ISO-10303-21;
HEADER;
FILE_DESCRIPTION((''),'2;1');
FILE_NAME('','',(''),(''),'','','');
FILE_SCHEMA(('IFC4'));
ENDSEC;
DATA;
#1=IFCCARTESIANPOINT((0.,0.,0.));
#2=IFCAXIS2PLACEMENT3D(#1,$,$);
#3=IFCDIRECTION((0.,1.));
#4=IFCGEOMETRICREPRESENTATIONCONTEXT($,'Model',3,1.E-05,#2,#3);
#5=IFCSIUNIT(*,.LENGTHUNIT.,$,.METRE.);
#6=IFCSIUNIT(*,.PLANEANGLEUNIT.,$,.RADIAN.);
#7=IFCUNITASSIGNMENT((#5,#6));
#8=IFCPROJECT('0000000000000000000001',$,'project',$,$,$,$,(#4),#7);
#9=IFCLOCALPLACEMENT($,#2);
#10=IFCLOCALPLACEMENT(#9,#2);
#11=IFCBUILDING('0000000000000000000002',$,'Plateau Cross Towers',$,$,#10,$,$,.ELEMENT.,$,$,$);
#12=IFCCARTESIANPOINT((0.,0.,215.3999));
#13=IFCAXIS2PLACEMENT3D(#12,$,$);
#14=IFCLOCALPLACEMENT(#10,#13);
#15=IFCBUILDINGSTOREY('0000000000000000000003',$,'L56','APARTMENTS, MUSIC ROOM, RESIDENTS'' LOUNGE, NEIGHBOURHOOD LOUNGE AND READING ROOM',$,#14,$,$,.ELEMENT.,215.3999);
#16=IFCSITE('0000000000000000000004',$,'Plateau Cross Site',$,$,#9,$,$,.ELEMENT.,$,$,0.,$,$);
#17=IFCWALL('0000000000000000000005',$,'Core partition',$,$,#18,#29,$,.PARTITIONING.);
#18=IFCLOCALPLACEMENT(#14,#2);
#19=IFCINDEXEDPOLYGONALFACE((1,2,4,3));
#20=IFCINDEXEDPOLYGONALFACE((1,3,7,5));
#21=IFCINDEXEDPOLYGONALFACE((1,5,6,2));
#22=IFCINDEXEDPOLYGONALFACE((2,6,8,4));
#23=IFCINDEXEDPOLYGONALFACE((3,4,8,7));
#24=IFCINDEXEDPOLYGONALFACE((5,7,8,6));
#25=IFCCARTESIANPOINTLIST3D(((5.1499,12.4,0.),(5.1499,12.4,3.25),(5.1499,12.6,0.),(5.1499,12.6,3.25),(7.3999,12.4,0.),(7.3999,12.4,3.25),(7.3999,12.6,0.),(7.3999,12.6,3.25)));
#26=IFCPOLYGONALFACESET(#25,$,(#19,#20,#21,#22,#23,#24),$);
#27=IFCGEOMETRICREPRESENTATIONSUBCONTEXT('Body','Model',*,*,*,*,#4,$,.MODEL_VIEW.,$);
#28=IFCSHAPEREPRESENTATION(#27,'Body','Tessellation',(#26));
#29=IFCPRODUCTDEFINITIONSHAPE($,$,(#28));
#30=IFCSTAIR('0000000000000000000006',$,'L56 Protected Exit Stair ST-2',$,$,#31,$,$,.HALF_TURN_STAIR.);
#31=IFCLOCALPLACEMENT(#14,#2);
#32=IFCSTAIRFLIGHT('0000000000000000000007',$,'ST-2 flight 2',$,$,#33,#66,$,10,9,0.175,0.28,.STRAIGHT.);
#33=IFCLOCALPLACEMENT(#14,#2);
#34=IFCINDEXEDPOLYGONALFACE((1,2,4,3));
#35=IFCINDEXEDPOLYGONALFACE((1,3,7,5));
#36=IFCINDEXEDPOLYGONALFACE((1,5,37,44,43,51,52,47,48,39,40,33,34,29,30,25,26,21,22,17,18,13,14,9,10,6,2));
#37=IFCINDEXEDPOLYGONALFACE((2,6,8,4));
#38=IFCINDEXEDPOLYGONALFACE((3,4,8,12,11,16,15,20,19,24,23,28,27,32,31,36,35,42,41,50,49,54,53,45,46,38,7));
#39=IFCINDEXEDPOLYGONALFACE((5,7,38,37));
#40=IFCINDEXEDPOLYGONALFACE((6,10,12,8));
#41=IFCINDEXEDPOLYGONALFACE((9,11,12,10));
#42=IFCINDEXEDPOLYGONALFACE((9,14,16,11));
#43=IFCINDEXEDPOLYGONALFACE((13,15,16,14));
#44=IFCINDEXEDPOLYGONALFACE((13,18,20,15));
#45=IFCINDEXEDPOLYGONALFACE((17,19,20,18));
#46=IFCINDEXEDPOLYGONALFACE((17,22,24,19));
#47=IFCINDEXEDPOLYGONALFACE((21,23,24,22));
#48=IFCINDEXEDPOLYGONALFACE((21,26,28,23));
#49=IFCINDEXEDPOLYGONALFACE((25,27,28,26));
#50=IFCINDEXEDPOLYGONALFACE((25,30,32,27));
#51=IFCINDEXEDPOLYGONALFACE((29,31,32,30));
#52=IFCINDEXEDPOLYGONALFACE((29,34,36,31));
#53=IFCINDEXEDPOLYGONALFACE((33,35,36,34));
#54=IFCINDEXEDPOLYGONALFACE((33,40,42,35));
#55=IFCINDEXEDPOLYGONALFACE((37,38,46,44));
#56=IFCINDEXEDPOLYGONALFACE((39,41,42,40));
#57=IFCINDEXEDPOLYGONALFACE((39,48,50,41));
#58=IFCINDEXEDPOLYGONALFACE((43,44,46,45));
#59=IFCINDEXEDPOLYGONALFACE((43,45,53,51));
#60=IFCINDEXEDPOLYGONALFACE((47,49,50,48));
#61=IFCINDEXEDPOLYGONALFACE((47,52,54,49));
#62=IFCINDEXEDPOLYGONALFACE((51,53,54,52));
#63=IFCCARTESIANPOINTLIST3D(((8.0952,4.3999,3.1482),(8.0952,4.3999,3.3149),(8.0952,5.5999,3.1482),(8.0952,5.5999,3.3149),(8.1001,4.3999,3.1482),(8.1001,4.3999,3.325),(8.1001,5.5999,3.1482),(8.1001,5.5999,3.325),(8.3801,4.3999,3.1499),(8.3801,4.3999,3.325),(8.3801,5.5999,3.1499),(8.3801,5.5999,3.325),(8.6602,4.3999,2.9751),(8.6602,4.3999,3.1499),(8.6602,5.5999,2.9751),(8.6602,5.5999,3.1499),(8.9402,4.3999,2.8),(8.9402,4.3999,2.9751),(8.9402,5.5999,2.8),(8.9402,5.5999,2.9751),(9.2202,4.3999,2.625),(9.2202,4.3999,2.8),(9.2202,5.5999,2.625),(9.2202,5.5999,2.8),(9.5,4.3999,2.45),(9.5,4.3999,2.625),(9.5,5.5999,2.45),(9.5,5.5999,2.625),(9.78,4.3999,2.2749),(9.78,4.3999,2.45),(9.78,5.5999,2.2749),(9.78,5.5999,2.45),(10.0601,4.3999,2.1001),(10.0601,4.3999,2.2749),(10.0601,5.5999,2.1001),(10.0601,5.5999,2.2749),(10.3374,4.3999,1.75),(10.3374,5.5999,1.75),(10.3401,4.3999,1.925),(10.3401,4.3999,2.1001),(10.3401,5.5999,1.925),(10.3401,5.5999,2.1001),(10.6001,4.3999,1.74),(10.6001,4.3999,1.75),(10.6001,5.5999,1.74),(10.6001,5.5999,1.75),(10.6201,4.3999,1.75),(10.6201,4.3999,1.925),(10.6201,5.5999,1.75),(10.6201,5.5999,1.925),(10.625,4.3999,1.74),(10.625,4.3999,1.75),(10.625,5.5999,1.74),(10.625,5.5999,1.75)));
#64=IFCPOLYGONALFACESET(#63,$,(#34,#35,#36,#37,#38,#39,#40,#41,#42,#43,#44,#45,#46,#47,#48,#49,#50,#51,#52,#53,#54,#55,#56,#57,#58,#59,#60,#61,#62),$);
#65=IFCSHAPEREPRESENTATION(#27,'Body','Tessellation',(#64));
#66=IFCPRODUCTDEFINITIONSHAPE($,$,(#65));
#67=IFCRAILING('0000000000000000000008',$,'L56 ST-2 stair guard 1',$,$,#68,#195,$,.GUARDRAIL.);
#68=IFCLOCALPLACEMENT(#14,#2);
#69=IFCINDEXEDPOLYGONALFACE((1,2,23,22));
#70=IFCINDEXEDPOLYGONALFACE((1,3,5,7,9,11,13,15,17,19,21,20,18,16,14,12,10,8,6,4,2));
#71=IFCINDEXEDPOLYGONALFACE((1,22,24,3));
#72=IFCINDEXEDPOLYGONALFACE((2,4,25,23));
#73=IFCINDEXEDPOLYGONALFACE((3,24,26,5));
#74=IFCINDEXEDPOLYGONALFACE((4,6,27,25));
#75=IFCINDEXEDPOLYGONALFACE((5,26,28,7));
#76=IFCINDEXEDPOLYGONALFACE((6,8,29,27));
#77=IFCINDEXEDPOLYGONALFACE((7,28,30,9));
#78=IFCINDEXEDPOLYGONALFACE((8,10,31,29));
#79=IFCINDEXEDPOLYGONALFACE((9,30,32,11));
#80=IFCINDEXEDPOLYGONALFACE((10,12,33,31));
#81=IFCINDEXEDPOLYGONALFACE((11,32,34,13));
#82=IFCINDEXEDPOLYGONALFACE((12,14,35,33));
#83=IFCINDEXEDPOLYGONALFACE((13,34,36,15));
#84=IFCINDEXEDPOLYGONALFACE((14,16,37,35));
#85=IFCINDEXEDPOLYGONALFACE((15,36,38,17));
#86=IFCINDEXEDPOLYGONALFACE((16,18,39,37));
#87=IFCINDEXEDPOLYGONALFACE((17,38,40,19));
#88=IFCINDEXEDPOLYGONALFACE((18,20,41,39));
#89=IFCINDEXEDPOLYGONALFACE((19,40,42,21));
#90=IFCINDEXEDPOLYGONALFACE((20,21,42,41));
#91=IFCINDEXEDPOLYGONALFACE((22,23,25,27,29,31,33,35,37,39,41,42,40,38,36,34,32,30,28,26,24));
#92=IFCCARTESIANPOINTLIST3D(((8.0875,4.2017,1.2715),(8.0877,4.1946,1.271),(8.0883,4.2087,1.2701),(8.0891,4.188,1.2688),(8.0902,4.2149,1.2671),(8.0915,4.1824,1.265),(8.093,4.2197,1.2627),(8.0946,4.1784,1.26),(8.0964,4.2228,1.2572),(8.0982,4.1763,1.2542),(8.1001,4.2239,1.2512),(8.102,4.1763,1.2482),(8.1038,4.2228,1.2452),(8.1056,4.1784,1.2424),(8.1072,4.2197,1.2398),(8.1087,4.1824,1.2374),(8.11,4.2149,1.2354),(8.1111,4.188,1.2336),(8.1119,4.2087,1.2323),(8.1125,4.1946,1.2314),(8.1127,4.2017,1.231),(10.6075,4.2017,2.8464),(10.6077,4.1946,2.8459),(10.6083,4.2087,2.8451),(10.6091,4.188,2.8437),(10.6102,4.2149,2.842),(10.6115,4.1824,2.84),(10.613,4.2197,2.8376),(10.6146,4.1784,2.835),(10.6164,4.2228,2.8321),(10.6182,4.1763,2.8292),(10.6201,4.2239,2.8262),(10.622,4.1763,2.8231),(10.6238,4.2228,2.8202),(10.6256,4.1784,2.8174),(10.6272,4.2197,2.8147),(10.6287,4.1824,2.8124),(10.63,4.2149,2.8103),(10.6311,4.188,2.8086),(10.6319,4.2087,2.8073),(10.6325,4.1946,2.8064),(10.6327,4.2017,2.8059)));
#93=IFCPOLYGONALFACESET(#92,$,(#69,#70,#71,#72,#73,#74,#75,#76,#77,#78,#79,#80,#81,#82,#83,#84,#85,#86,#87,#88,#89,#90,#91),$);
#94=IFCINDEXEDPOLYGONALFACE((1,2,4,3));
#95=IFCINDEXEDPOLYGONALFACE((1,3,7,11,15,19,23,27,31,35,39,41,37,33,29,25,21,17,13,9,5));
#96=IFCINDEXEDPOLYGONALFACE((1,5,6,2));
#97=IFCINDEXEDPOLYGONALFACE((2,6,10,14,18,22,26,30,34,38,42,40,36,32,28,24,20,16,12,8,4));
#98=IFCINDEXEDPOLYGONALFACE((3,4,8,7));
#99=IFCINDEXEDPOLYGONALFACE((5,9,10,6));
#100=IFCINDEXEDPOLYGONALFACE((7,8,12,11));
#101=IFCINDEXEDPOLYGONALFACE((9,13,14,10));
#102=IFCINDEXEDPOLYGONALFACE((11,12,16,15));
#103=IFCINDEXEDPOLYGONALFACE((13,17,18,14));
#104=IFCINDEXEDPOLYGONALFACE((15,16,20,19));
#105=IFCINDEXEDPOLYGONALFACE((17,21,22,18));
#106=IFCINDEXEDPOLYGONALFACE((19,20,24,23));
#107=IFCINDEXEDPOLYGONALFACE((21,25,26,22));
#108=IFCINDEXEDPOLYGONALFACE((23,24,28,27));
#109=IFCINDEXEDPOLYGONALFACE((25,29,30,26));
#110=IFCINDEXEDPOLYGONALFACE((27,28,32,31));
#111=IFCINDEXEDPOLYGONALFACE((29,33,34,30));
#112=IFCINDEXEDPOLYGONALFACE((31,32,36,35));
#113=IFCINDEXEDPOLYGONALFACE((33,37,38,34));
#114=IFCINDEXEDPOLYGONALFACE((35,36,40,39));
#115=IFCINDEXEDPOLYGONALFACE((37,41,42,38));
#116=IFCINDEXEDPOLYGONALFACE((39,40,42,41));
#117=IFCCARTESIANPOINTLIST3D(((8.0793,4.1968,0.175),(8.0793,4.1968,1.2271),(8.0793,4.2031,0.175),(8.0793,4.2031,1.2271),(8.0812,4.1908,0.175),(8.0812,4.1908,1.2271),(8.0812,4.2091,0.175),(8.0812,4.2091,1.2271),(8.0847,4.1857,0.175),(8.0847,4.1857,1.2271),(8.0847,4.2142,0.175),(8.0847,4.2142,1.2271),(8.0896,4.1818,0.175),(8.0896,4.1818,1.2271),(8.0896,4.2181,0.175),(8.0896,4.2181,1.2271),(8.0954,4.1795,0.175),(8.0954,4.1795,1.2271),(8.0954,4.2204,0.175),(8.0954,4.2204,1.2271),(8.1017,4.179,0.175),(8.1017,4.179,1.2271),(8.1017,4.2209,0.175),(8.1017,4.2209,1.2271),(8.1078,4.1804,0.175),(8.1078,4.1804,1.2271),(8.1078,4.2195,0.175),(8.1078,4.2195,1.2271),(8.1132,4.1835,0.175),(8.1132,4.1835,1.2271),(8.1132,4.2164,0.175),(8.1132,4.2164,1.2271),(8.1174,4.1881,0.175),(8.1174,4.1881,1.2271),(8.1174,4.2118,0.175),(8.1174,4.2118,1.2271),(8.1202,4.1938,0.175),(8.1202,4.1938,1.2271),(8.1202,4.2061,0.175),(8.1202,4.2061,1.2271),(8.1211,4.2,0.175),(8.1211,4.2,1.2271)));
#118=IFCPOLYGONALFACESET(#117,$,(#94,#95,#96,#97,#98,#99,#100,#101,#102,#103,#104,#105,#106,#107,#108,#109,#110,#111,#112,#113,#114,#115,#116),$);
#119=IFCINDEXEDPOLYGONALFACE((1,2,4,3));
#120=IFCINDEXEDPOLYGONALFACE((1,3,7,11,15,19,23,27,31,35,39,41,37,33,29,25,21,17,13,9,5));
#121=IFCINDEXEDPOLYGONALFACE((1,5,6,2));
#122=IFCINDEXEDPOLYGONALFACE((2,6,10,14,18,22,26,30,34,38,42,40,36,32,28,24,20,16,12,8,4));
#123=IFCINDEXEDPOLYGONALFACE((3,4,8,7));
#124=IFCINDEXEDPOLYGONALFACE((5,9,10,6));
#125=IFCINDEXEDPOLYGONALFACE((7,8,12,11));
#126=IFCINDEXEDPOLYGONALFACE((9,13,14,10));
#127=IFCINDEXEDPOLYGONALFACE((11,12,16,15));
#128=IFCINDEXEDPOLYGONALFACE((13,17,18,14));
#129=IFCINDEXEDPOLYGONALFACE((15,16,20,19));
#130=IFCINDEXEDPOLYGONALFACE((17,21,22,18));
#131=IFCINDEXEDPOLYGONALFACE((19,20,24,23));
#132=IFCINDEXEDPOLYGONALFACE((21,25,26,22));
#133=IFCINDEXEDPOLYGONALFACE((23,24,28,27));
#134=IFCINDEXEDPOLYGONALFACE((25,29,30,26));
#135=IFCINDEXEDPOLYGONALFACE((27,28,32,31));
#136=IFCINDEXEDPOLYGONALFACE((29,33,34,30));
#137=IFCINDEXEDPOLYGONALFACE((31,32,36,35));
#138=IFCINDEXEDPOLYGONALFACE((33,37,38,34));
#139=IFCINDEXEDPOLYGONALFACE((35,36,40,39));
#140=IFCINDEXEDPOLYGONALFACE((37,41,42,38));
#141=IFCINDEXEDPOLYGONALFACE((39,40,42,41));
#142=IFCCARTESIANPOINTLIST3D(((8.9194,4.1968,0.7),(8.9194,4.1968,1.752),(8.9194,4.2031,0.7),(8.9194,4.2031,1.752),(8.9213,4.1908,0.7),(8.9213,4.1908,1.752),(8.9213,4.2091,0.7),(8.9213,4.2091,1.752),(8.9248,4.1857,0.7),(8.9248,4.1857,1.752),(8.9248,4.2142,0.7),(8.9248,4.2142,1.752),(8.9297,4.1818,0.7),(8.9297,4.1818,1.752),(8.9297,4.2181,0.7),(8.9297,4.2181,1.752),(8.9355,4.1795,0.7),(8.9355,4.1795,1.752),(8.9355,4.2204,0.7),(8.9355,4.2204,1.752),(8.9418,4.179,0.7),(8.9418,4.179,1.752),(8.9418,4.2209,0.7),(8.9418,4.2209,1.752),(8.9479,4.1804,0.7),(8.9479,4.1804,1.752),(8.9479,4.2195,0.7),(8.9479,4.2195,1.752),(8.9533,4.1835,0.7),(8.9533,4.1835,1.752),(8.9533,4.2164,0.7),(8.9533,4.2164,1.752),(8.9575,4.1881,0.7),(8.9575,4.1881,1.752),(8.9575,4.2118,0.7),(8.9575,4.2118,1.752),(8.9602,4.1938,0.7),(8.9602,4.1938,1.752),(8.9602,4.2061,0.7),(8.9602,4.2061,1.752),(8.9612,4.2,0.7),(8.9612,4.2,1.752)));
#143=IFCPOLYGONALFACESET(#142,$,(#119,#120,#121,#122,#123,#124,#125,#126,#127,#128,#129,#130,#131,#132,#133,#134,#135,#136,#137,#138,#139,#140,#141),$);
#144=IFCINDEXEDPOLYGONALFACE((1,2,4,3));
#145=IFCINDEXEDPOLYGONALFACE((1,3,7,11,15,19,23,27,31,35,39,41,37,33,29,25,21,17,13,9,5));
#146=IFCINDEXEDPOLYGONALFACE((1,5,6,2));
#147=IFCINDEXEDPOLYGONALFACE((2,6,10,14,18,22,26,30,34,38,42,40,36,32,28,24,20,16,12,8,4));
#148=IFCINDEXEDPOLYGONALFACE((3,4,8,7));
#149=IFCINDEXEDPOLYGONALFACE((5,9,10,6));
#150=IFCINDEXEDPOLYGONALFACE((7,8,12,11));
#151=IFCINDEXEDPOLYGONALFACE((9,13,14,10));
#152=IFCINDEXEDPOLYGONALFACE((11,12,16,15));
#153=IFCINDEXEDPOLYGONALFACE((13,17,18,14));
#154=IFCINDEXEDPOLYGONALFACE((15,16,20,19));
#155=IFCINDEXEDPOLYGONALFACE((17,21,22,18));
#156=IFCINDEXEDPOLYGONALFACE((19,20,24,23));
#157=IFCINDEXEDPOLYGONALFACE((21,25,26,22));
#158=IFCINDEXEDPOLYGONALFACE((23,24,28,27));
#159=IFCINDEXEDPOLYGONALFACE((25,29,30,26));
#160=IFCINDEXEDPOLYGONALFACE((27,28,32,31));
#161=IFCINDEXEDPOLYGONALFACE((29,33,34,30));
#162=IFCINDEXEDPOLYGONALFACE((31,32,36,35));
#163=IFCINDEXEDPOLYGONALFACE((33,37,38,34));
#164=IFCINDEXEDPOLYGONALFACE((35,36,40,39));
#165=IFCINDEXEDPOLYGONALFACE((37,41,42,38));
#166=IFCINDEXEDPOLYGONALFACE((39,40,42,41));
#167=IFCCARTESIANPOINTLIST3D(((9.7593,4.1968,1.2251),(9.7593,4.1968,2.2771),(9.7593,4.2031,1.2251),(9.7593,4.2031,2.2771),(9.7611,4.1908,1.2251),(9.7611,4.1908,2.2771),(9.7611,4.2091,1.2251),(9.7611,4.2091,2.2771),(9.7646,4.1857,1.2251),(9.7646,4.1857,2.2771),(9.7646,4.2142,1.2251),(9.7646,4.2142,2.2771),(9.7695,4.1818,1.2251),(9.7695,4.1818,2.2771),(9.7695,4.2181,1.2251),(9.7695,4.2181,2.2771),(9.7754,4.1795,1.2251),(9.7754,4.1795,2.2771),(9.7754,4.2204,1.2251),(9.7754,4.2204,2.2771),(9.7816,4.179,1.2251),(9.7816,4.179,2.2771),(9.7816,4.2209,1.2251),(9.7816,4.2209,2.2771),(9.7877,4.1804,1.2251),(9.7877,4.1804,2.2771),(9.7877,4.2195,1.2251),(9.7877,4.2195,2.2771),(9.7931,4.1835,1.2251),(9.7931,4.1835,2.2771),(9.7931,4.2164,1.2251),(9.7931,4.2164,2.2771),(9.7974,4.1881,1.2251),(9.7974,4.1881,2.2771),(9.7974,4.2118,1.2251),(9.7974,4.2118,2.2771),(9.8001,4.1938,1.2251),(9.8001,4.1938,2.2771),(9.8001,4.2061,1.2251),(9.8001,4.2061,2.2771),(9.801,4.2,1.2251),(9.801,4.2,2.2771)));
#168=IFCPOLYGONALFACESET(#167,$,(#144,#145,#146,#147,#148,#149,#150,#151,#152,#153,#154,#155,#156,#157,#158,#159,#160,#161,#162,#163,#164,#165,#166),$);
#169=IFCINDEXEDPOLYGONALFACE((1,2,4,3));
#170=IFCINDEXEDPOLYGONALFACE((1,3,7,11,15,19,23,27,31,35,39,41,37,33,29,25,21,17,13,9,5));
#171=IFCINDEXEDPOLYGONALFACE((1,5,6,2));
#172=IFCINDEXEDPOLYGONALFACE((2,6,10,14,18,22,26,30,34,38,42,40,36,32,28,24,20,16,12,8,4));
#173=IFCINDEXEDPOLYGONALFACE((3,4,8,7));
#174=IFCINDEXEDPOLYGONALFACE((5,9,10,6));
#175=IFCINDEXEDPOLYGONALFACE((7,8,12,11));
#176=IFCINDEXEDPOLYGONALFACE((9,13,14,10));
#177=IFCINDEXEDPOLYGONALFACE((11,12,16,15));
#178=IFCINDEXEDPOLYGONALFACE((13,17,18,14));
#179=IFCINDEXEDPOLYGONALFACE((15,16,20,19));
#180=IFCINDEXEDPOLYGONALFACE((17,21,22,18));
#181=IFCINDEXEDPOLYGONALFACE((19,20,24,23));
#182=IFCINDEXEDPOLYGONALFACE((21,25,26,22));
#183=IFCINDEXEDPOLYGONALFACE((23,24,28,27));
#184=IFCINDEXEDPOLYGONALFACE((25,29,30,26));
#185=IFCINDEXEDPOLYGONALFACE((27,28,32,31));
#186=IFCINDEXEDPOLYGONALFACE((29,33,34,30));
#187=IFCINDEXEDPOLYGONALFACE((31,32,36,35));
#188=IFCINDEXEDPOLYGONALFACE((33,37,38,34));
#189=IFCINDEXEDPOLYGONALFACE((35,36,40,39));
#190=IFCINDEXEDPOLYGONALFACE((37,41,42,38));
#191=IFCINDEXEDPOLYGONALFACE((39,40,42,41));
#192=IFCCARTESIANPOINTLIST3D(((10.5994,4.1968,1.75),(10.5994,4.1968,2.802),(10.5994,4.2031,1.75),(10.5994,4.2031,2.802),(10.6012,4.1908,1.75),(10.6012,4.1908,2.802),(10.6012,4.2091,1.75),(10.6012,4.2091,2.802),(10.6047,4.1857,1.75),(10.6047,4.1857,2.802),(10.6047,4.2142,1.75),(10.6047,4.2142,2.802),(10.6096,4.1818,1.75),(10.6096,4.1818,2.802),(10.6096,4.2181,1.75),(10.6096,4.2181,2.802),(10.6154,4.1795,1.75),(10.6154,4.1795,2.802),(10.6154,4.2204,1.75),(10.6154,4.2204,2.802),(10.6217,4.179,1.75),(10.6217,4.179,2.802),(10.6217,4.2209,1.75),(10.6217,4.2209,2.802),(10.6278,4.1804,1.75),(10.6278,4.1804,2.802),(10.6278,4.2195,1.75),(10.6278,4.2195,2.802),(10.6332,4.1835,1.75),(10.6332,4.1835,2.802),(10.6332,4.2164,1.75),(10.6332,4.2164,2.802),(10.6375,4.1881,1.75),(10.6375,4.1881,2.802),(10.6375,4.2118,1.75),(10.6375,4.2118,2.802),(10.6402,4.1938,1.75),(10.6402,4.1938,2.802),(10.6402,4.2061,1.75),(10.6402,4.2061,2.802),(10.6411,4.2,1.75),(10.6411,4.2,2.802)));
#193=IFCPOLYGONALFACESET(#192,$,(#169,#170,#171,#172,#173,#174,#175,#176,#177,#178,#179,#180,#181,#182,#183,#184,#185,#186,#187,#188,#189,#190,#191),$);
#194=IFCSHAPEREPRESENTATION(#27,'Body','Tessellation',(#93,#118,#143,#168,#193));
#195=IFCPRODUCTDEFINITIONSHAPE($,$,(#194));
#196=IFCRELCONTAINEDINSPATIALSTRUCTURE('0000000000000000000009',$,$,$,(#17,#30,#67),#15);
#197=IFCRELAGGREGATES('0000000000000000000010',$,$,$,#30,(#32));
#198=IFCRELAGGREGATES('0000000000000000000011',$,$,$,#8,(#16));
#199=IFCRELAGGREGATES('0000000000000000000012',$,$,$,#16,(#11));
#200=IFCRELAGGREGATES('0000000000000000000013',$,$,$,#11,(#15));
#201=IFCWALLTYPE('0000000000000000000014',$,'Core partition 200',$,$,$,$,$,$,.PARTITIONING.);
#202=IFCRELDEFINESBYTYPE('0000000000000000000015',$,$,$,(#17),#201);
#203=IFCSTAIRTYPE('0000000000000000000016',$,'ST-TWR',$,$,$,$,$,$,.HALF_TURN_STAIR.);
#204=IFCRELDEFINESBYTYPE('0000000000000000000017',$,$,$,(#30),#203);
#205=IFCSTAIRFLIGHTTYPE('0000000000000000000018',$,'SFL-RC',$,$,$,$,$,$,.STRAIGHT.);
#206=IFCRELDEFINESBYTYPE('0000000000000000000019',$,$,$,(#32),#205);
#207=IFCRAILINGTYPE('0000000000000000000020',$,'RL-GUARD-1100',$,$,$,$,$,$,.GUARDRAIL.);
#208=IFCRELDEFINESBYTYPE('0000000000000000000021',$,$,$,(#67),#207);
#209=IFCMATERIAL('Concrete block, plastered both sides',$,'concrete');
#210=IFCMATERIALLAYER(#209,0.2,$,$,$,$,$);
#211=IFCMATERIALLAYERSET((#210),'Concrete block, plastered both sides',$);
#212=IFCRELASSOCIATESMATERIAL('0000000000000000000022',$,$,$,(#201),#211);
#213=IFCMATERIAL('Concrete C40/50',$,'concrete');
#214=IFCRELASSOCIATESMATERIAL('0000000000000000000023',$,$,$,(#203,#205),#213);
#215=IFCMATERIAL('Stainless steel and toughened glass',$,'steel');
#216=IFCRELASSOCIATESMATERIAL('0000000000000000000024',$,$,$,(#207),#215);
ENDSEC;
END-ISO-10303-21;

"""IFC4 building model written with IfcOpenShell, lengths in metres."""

from ifc_helpers import new_model, si_unit, direction, frame, frame_2d, origin, origin_2d, place, context, subcontext, project, spatial, polyline, rectangle, circle, outline, extrude, material, layer, layer_set, type_object, element, aggregate, save


model = new_model("IFC4")

# Units and contexts
model_context = context("Model", 3, precision=1e-05, world=origin(), true_north=direction((0.0, 1.0)))
body_context = subcontext(model_context, "Body", "Model", "MODEL_VIEW")
ifc_project = project(units=[si_unit("LENGTHUNIT", "METRE"), si_unit("PLANEANGLEUNIT", "RADIAN")], contexts=[model_context])

# Site, building, storey
site_placement = place(None, origin())
site = spatial("IfcSite", under=ifc_project, at=site_placement, Name="Plateau Cross Site", CompositionType="ELEMENT", RefElevation=0.0)
building_placement = place(site_placement, origin())
building = spatial("IfcBuilding", under=site, at=building_placement, Name="Plateau Cross Towers", CompositionType="ELEMENT")
storey_placement = place(building_placement, frame((0.0, 0.0, 215.3999)))
storey = spatial("IfcBuildingStorey", under=building, at=storey_placement, Name="L56", Description="APARTMENTS, MUSIC ROOM, RESIDENTS' LOUNGE, NEIGHBOURHOOD LOUNGE AND READING ROOM", CompositionType="ELEMENT", Elevation=215.3999)

# Shared definitions
ifc_material_1 = material(Name="Concrete block, plastered both sides", Category="concrete")
ifc_layer = layer(ifc_material_1, 0.2)
ifc_layer_set = layer_set([ifc_layer], Name="Concrete block, plastered both sides")
wall_type = type_object("IfcWallType", Name="Core partition 200", PredefinedType="PARTITIONING", material=ifc_layer_set)

# Wall
wall_1_placement = place(storey_placement, frame((5.1499, 12.5, 0.0), z_axis=(0.0, 0.0, 1.0), x_axis=(1.0, 0.0, 0.0)))
element("IfcWall", 1, at=wall_1_placement, inside=storey, type_object=wall_type, Name="Core partition", PredefinedType="PARTITIONING", context=body_context, shape_type="SweptSolid", body=[
    extrude(rectangle(XDim=2.25, YDim=0.2, at=frame_2d((1.125, 0.0))), origin(), (0.0, 0.0, 1.0), 3.25),
])

# Stair, stair flight
ifc_material_2 = material(Name="Concrete C40/50", Category="concrete")
stair_type = type_object("IfcStairType", Name="ST-TWR", PredefinedType="HALF_TURN_STAIR", material=ifc_material_2)
stair_placement = place(storey_placement, origin())
stair = element("IfcStair", 2, at=stair_placement, inside=storey, type_object=stair_type, Name="L56 Protected Exit Stair ST-2", PredefinedType="HALF_TURN_STAIR")
stair_flight_type = type_object("IfcStairFlightType", Name="SFL-RC", PredefinedType="STRAIGHT", material=ifc_material_2)
stair_flight_placement = place(storey_placement, frame((10.6201, 5.0, 1.75), z_axis=(0.0, 0.0, 1.0), x_axis=(-1.0, 0.0, 0.0)))
stair_flight = element("IfcStairFlight", 3, at=stair_flight_placement, type_object=stair_flight_type, Name="ST-2 flight 2", NumberOfRisers=10, NumberOfTreads=9, PredefinedType="STRAIGHT", RiserHeight=0.175, TreadLength=0.28, context=body_context, shape_type="SweptSolid", body=[
    extrude(outline(polyline([(-0.0049, -0.01), (-0.0049, 0.0), (0.0, 0.0), (0.0, 0.175), (0.28, 0.175), (0.28, 0.3501), (0.5601, 0.3501), (0.5601, 0.5249), (0.8401, 0.5249), (0.8401, 0.7), (1.1201, 0.7), (1.1201, 0.875), (1.3999, 0.875), (1.3999, 1.05), (1.6799, 1.05), (1.6799, 1.2251), (1.96, 1.2251), (1.96, 1.3999), (2.24, 1.3999), (2.24, 1.575), (2.52, 1.575), (2.5249, 1.5649), (2.5249, 1.3982), (2.52, 1.3982), (0.2827, 0.0), (0.02, 0.0), (0.02, -0.01), (-0.0049, -0.01)])), frame((0.0, 0.6001, 0.0), z_axis=(0.0, -1.0, 0.0), x_axis=(1.0, 0.0, 0.0)), (0.0, 0.0, 1.0), 1.2),
])
aggregate(stair, [stair_flight])

# Railing
ifc_material_3 = material(Name="Stainless steel and toughened glass", Category="steel")
railing_type_1 = type_object("IfcRailingType", Name="RL-GUARD-1100", PredefinedType="GUARDRAIL", material=ifc_material_3)
railing_1_placement = place(storey_placement, frame((8.1001, 4.2, 0.175)))
element("IfcRailing", 4, at=railing_1_placement, inside=storey, type_object=railing_type_1, Name="L56 ST-2 stair guard 1", PredefinedType="GUARDRAIL", context=body_context, shape_type="SweptSolid", body=[
    extrude(circle(Radius=0.0239, at=origin_2d()), frame((0.0, 0.0, 1.0762), z_axis=(0.848008, 0.0, 0.529984), x_axis=(0.0, 1.0, 0.0)), (0.0, 0.0, 1.0), 2.9717),
    extrude(circle(Radius=0.021, at=origin_2d()), origin(), (0.0, 0.0, 1.0), 1.052),
    extrude(circle(Radius=0.021, at=origin_2d()), frame((0.8401, 0.0, 0.5249)), (0.0, 0.0, 1.0), 1.052),
    extrude(circle(Radius=0.021, at=origin_2d()), frame((1.6799, 0.0, 1.05)), (0.0, 0.0, 1.0), 1.052),
    extrude(circle(Radius=0.021, at=origin_2d()), frame((2.52, 0.0, 1.575)), (0.0, 0.0, 1.0), 1.052),
])

save(model, "model.ifc")
